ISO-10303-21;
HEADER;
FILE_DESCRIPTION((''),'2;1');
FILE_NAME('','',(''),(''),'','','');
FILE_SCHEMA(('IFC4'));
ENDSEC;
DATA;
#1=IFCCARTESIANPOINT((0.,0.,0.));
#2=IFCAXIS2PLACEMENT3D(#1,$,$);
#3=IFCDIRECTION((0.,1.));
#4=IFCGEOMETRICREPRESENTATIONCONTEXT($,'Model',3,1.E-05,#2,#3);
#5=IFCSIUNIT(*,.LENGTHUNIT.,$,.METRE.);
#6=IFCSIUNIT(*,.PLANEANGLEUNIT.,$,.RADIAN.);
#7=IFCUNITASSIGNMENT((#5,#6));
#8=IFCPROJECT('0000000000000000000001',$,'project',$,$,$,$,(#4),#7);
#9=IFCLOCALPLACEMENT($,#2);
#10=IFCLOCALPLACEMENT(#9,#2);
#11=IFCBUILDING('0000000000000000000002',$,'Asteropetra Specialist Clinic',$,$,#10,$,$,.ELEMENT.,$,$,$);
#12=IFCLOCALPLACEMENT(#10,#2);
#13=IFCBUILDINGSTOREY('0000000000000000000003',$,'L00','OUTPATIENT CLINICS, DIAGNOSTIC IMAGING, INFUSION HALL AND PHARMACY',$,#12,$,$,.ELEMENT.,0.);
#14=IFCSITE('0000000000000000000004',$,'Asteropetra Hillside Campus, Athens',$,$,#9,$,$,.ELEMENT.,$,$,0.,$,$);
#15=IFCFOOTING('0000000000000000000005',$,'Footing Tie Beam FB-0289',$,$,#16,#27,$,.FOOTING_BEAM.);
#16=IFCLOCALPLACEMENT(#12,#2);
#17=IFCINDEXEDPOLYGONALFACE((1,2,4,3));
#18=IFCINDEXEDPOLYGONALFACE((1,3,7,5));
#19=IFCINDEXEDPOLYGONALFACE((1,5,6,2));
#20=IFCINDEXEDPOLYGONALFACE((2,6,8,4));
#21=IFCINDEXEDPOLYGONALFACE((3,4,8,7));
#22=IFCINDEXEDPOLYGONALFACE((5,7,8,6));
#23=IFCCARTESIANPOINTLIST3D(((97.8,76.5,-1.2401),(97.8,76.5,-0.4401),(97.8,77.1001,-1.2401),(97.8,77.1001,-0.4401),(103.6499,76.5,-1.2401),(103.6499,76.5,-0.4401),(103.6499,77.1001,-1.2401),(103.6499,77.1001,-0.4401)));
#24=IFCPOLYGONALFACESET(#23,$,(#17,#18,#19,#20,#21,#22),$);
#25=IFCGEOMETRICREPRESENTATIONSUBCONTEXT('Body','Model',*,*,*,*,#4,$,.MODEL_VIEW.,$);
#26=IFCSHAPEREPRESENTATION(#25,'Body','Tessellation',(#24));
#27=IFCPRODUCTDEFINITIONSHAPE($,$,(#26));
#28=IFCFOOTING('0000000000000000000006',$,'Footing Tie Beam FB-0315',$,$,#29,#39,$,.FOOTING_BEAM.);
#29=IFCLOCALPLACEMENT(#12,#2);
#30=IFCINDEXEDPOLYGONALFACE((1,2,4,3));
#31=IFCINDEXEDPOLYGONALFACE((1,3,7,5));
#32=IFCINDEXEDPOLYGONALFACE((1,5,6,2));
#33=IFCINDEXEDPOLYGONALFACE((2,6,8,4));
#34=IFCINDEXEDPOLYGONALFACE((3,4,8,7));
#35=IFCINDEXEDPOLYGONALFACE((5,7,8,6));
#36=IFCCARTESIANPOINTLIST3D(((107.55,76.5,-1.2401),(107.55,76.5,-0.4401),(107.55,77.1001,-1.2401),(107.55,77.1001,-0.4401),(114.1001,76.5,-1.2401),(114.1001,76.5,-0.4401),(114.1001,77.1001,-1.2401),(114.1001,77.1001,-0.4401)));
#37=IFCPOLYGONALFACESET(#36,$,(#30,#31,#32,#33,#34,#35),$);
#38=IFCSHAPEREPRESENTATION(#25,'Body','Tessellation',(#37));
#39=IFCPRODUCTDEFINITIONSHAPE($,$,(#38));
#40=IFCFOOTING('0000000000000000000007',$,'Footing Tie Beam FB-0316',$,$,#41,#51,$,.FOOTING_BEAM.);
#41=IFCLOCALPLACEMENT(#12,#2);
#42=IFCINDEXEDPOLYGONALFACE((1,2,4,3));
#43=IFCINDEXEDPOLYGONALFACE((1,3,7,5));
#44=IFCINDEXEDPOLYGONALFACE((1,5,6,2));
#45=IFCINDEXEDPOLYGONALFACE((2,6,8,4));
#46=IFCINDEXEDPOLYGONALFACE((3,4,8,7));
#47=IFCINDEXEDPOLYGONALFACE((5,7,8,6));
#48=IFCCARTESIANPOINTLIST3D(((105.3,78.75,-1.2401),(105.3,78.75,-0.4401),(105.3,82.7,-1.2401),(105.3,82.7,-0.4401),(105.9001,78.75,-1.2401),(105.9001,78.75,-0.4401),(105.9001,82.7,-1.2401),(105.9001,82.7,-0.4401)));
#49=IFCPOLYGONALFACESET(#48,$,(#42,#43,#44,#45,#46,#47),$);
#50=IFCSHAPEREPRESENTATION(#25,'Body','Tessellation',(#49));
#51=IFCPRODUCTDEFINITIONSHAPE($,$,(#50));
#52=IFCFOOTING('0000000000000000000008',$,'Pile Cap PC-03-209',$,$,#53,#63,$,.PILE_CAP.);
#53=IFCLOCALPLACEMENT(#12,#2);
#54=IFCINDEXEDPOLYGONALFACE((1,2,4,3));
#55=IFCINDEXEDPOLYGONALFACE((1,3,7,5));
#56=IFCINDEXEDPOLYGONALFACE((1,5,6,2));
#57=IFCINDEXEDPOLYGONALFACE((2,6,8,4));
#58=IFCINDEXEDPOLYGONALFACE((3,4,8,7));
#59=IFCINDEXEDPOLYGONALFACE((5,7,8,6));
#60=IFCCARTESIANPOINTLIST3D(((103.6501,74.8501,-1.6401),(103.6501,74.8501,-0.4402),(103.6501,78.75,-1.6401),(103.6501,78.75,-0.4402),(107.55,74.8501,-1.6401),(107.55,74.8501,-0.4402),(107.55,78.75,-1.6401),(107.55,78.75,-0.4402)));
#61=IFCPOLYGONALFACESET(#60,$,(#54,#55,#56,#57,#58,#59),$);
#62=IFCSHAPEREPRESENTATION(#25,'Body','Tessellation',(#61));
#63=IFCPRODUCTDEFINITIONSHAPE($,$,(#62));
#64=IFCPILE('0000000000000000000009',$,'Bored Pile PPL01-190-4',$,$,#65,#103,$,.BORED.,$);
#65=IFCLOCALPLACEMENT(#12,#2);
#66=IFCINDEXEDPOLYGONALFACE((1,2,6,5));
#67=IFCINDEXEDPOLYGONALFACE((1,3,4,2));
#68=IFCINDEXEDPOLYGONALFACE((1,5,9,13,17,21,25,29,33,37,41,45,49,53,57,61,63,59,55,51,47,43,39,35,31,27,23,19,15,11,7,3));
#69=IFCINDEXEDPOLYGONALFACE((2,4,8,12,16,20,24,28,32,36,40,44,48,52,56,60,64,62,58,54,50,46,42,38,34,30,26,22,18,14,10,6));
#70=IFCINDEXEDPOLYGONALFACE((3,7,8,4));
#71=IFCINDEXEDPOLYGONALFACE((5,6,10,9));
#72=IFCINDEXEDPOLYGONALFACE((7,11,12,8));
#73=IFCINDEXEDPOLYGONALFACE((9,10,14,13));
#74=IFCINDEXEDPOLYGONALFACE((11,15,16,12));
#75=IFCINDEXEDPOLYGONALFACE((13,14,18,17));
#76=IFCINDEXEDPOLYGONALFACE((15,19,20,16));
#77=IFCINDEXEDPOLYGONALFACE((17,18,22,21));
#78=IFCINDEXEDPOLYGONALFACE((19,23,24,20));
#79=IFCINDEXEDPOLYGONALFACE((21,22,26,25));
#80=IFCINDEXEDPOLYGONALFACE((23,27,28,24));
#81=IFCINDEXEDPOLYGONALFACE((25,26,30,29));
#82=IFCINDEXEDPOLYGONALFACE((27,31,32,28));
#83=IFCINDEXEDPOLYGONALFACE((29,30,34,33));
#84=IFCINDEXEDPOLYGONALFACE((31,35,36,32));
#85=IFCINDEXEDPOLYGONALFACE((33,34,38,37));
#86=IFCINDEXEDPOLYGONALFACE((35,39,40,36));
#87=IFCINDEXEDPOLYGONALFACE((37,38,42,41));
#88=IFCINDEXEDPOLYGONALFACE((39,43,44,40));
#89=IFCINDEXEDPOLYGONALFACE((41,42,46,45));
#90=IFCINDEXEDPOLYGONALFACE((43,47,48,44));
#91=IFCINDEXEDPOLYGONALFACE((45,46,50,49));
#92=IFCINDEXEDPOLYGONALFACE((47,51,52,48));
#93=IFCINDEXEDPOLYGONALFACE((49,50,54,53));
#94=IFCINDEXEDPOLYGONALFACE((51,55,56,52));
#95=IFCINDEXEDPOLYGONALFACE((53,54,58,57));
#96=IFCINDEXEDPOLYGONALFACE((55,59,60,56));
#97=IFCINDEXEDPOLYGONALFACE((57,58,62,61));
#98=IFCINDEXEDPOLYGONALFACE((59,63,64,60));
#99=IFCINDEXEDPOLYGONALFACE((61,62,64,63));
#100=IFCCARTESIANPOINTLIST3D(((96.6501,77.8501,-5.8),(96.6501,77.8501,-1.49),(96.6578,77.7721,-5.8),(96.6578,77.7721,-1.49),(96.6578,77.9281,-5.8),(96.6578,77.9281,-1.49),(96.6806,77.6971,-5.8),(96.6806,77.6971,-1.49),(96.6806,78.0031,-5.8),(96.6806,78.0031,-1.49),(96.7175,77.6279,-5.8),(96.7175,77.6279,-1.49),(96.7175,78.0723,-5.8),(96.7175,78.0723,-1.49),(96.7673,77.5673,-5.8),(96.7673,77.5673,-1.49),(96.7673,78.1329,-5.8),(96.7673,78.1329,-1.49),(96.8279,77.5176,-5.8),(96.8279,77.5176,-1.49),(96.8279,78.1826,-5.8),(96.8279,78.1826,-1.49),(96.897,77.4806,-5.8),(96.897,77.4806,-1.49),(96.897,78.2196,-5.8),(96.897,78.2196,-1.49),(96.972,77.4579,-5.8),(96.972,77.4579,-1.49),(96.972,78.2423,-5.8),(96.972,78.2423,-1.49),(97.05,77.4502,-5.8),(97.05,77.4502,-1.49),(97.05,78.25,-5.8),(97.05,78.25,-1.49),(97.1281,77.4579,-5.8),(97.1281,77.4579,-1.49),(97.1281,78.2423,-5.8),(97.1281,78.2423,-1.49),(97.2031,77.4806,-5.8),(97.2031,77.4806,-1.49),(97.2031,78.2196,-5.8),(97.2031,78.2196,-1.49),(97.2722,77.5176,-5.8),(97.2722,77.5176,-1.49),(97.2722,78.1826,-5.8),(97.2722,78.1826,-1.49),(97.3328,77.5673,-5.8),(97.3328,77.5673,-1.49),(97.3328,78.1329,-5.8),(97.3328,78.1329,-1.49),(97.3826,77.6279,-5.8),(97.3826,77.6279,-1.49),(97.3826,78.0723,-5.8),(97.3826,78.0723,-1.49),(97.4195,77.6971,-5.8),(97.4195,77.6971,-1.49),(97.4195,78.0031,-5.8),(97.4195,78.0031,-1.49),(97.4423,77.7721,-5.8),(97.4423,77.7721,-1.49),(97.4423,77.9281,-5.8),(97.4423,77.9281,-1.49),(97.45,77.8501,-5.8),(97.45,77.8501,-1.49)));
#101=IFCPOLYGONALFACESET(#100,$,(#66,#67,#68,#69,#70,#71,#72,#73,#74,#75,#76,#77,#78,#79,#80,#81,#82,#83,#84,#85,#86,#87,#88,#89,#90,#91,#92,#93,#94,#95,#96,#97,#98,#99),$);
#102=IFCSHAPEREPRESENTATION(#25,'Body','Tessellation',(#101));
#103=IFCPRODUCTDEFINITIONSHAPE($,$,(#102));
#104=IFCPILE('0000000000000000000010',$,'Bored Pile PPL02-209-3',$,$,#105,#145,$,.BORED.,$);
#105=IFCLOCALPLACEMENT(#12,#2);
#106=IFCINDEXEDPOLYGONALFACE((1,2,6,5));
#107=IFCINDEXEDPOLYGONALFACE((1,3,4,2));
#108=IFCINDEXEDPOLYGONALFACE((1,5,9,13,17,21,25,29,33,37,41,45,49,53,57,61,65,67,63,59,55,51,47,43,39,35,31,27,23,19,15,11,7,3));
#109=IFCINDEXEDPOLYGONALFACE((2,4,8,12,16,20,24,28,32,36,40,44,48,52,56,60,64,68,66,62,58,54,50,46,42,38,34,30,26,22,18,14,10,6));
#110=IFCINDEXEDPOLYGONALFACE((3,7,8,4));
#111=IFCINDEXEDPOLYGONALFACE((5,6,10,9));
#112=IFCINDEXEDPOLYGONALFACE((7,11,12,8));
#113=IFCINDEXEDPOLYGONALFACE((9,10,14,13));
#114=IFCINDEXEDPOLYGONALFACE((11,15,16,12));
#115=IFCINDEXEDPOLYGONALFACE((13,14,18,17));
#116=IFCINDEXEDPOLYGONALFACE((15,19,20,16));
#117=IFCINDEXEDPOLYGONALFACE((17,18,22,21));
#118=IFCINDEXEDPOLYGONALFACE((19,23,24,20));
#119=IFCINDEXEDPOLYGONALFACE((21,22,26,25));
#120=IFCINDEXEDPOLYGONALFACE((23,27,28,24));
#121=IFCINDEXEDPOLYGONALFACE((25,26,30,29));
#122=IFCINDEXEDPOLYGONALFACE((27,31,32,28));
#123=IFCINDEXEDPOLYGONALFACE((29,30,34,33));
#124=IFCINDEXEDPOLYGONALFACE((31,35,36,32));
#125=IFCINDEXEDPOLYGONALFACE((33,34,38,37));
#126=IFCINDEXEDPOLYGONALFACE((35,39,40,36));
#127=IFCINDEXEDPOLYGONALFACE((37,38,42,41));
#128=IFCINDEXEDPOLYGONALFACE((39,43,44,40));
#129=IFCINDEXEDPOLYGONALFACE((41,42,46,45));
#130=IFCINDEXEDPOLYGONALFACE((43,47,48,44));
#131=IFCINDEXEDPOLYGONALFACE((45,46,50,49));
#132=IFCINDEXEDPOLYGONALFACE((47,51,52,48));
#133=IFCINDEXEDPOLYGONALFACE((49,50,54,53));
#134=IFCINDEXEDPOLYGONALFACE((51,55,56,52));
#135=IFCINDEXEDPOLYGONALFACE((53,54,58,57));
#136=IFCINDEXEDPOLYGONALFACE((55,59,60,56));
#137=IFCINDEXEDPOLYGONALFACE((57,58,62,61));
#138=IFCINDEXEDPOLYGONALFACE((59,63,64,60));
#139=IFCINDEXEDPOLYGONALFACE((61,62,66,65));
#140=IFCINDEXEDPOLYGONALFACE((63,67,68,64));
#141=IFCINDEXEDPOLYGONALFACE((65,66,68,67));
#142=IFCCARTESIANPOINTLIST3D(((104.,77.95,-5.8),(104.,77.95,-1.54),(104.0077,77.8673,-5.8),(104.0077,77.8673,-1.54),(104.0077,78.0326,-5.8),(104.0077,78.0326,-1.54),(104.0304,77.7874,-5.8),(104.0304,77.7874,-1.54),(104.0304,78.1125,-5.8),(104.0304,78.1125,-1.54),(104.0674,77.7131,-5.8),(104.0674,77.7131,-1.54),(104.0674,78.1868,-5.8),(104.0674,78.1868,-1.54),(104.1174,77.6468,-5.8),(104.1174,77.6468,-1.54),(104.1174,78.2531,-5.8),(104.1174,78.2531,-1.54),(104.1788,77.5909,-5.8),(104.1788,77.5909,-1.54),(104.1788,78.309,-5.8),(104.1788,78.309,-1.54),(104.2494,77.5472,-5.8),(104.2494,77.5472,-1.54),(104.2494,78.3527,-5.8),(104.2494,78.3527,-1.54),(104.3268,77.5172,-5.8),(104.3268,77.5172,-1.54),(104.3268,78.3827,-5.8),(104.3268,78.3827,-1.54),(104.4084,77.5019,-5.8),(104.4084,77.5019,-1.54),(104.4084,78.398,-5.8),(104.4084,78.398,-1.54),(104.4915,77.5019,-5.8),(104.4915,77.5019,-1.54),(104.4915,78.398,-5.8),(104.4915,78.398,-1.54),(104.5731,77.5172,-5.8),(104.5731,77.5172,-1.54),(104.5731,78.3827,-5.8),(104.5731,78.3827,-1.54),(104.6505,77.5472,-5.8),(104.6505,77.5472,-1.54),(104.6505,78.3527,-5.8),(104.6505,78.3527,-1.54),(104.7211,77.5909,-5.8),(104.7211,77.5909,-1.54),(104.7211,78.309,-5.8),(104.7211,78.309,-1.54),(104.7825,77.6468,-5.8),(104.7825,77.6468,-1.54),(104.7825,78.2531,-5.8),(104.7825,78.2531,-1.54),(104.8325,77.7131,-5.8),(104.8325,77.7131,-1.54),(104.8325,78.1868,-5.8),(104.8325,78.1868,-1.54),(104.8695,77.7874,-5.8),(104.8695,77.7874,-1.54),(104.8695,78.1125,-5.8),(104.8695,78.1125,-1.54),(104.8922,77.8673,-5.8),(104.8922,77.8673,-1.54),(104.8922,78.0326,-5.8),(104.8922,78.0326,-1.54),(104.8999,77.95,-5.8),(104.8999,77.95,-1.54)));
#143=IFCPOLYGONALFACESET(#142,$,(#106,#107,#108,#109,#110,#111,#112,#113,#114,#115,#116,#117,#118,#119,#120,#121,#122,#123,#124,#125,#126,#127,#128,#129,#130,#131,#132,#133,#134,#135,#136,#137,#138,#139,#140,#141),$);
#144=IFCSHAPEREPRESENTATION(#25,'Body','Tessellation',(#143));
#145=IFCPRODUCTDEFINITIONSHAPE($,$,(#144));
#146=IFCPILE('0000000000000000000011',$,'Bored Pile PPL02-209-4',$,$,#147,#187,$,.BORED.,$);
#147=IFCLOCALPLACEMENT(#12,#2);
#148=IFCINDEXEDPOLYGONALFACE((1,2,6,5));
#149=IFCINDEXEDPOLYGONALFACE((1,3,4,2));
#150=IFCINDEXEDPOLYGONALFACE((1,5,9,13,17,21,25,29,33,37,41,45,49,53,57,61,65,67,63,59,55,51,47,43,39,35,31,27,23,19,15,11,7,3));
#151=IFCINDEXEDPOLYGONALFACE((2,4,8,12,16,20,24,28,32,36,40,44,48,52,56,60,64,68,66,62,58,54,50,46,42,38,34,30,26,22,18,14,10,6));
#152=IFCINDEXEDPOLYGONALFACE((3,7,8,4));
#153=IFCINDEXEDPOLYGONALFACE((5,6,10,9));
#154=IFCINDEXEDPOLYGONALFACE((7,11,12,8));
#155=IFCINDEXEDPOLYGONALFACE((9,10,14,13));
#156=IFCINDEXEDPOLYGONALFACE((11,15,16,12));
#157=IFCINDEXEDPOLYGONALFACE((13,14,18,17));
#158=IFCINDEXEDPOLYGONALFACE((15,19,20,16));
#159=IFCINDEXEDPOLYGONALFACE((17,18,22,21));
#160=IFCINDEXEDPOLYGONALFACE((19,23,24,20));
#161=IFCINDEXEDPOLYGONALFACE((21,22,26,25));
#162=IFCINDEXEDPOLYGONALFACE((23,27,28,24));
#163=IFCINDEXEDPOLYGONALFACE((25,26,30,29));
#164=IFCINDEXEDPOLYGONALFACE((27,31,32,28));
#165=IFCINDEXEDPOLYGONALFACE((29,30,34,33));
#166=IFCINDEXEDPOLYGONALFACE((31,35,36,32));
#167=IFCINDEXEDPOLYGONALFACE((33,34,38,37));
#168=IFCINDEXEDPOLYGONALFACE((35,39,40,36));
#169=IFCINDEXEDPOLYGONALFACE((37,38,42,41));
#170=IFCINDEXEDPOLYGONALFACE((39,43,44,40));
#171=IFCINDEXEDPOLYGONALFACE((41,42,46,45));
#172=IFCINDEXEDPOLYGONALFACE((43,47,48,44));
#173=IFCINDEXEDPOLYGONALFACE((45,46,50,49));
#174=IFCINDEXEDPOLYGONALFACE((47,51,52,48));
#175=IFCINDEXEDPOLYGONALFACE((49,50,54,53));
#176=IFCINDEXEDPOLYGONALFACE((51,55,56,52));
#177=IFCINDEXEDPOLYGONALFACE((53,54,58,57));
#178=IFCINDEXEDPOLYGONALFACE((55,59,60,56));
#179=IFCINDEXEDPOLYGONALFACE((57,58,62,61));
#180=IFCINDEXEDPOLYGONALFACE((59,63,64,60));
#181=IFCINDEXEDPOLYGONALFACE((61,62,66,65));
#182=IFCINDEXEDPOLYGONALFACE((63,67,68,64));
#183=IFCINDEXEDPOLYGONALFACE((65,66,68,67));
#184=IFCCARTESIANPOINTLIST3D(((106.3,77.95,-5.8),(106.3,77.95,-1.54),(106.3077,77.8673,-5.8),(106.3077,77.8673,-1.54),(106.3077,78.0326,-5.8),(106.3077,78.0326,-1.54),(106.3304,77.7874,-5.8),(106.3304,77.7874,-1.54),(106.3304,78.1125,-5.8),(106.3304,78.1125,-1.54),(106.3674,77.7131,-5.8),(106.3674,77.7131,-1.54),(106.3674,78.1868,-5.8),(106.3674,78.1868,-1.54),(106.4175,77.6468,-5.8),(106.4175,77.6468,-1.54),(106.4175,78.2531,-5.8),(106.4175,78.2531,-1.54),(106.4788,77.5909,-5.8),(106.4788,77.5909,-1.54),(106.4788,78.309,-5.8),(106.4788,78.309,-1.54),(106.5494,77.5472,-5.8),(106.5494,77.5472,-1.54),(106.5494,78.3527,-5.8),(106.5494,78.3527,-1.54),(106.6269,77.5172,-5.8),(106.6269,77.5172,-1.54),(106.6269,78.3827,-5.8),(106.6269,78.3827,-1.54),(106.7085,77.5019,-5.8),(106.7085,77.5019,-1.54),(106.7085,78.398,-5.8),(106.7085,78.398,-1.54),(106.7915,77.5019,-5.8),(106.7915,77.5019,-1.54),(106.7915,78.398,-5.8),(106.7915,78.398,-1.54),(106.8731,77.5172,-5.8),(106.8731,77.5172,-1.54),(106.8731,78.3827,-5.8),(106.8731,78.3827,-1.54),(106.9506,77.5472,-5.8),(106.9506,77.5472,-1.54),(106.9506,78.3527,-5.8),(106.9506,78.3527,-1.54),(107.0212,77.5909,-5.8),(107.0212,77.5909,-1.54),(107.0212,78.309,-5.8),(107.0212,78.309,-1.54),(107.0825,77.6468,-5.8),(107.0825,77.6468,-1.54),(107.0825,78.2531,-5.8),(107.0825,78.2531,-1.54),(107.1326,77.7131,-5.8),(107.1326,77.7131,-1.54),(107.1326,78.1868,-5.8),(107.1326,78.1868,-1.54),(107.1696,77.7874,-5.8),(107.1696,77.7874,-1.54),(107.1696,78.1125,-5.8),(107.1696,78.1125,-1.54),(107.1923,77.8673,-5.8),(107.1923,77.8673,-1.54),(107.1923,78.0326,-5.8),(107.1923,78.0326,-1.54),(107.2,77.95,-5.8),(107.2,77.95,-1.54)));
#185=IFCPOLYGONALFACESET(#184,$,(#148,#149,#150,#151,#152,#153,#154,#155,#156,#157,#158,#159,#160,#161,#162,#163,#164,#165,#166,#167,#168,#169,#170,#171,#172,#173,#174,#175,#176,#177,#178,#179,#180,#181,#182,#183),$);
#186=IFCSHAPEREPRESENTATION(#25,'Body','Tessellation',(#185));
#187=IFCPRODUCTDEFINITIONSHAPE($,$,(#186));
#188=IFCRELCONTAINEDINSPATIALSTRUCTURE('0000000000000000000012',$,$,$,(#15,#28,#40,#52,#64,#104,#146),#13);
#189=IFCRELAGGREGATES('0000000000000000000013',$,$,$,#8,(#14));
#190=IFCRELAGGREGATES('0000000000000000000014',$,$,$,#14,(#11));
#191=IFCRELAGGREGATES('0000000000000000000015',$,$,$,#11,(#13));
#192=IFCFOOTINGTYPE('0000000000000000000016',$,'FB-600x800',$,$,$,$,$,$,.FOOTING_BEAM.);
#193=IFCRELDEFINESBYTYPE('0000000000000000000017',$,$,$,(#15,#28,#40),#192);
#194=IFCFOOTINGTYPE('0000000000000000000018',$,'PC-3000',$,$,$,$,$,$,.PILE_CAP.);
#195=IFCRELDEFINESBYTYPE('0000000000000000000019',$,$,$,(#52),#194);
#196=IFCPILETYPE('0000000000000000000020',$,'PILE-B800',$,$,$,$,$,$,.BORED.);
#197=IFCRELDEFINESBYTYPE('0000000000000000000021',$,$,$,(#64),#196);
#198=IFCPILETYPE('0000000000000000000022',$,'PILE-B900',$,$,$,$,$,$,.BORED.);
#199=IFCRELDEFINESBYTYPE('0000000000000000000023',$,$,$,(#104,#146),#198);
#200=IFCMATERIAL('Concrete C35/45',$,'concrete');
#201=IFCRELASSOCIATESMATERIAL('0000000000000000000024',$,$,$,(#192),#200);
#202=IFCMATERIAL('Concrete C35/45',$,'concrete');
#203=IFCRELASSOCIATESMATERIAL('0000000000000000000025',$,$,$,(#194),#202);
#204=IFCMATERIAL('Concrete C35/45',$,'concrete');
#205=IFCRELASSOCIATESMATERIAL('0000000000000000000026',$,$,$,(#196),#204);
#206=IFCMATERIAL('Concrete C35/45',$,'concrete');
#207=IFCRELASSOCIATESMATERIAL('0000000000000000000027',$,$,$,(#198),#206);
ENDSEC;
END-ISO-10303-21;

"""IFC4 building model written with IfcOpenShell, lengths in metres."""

from ifc_helpers import new_model, si_unit, direction, frame, origin, origin_2d, place, context, subcontext, project, spatial, rectangle, circle, extrude, material, material_profile, profile_set, type_object, element, save


model = new_model("IFC4")

# Units and contexts
model_context = context("Model", 3, precision=1e-05, world=origin(), true_north=direction((0.0, 1.0)))
body_context = subcontext(model_context, "Body", "Model", "MODEL_VIEW")
ifc_project = project(units=[si_unit("LENGTHUNIT", "METRE"), si_unit("PLANEANGLEUNIT", "RADIAN")], contexts=[model_context])

# Site, building, storey
site_placement = place(None, origin())
site = spatial("IfcSite", under=ifc_project, at=site_placement, Name="Asteropetra Hillside Campus, Athens", CompositionType="ELEMENT", RefElevation=0.0)
building_placement = place(site_placement, origin())
building = spatial("IfcBuilding", under=site, at=building_placement, Name="Asteropetra Specialist Clinic", CompositionType="ELEMENT")
storey_placement = place(building_placement, origin())
storey = spatial("IfcBuildingStorey", under=building, at=storey_placement, Name="L00", Description="OUTPATIENT CLINICS, DIAGNOSTIC IMAGING, INFUSION HALL AND PHARMACY", CompositionType="ELEMENT", Elevation=0.0)

# Footings
ifc_material_1 = material(Name="Concrete C35/45", Category="concrete")
ifc_material_profile_1 = material_profile(ifc_material_1, rectangle(XDim=0.6001, YDim=0.8, at=origin_2d()), Name="FB 600x800")
ifc_profile_set_1 = profile_set([ifc_material_profile_1], Name="Concrete C35/45")
footing_type_1 = type_object("IfcFootingType", Name="FB-600x800", PredefinedType="FOOTING_BEAM", material=ifc_profile_set_1)
footing_1_placement = place(storey_placement, frame((97.8, 76.8, -0.8401), z_axis=(1.0, 0.0, 0.0), x_axis=(0.0, 1.0, 0.0)))
element("IfcFooting", 1, at=footing_1_placement, inside=storey, type_object=footing_type_1, Name="Footing Tie Beam FB-0289", PredefinedType="FOOTING_BEAM", context=body_context, shape_type="SweptSolid", body=[
    extrude(rectangle(XDim=0.6001, YDim=0.8, at=origin_2d()), origin(), (0.0, 0.0, 1.0), 5.8499),
])
footing_2_placement = place(storey_placement, frame((107.55, 76.8, -0.8401), z_axis=(1.0, 0.0, 0.0), x_axis=(0.0, 1.0, 0.0)))
element("IfcFooting", 2, at=footing_2_placement, inside=storey, type_object=footing_type_1, Name="Footing Tie Beam FB-0315", PredefinedType="FOOTING_BEAM", context=body_context, shape_type="SweptSolid", body=[
    extrude(rectangle(XDim=0.6001, YDim=0.8, at=origin_2d()), origin(), (0.0, 0.0, 1.0), 6.55),
])
footing_3_placement = place(storey_placement, frame((105.6001, 78.75, -0.8401), z_axis=(0.0, 1.0, 0.0), x_axis=(-1.0, 0.0, 0.0)))
element("IfcFooting", 3, at=footing_3_placement, inside=storey, type_object=footing_type_1, Name="Footing Tie Beam FB-0316", PredefinedType="FOOTING_BEAM", context=body_context, shape_type="SweptSolid", body=[
    extrude(rectangle(XDim=0.6001, YDim=0.8, at=origin_2d()), origin(), (0.0, 0.0, 1.0), 3.95),
])
ifc_material_2 = material(Name="Concrete C35/45", Category="concrete")
footing_type_2 = type_object("IfcFootingType", Name="PC-3000", PredefinedType="PILE_CAP", material=ifc_material_2)
footing_4_placement = place(storey_placement, frame((105.6001, 76.8, -1.6401), z_axis=(0.0, 0.0, 1.0), x_axis=(1.0, 0.0, 0.0)))
element("IfcFooting", 4, at=footing_4_placement, inside=storey, type_object=footing_type_2, Name="Pile Cap PC-03-209", PredefinedType="PILE_CAP", context=body_context, shape_type="SweptSolid", body=[
    extrude(rectangle(XDim=3.8999, YDim=3.8999, at=origin_2d()), origin(), (0.0, 0.0, 1.0), 1.2),
])

# Piles
ifc_material_3 = material(Name="Concrete C35/45", Category="concrete")
ifc_material_profile_2 = material_profile(ifc_material_3, circle(Radius=0.3999, at=origin_2d()), Name="PILE D800")
ifc_profile_set_2 = profile_set([ifc_material_profile_2], Name="Concrete C35/45")
pile_type_1 = type_object("IfcPileType", Name="PILE-B800", PredefinedType="BORED", material=ifc_profile_set_2)
pile_placement = place(storey_placement, frame((97.05, 77.8501, -1.49), z_axis=(0.0, 0.0, -1.0), x_axis=(1.0, 0.0, 0.0)))
element("IfcPile", 5, at=pile_placement, inside=storey, type_object=pile_type_1, Name="Bored Pile PPL01-190-4", PredefinedType="BORED", context=body_context, shape_type="SweptSolid", body=[
    extrude(circle(Radius=0.3999, at=origin_2d()), origin(), (0.0, 0.0, 1.0), 4.3101),
])
ifc_material_4 = material(Name="Concrete C35/45", Category="concrete")
ifc_material_profile_3 = material_profile(ifc_material_4, circle(Radius=0.45, at=origin_2d()), Name="PILE D900")
ifc_profile_set_3 = profile_set([ifc_material_profile_3], Name="Concrete C35/45")
pile_type_2 = type_object("IfcPileType", Name="PILE-B900", PredefinedType="BORED", material=ifc_profile_set_3)
for number, where, z_axis, x_axis, name in (
    (6, (104.45, 77.95, -1.54), (0.0, 0.0, -1.0), (1.0, 0.0, 0.0), "Bored Pile PPL02-209-3"),
    (7, (106.75, 77.95, -1.54), (0.0, 0.0, -1.0), (1.0, 0.0, 0.0), "Bored Pile PPL02-209-4"),
):
    element("IfcPile", number, at=place(storey_placement, frame(where, z_axis=z_axis, x_axis=x_axis)), inside=storey, type_object=pile_type_2, Name=name, PredefinedType="BORED", context=body_context, shape_type="SweptSolid", body=[
        extrude(circle(Radius=0.45, at=origin_2d()), origin(), (0.0, 0.0, 1.0), 4.26),
    ])

save(model, "model.ifc")
